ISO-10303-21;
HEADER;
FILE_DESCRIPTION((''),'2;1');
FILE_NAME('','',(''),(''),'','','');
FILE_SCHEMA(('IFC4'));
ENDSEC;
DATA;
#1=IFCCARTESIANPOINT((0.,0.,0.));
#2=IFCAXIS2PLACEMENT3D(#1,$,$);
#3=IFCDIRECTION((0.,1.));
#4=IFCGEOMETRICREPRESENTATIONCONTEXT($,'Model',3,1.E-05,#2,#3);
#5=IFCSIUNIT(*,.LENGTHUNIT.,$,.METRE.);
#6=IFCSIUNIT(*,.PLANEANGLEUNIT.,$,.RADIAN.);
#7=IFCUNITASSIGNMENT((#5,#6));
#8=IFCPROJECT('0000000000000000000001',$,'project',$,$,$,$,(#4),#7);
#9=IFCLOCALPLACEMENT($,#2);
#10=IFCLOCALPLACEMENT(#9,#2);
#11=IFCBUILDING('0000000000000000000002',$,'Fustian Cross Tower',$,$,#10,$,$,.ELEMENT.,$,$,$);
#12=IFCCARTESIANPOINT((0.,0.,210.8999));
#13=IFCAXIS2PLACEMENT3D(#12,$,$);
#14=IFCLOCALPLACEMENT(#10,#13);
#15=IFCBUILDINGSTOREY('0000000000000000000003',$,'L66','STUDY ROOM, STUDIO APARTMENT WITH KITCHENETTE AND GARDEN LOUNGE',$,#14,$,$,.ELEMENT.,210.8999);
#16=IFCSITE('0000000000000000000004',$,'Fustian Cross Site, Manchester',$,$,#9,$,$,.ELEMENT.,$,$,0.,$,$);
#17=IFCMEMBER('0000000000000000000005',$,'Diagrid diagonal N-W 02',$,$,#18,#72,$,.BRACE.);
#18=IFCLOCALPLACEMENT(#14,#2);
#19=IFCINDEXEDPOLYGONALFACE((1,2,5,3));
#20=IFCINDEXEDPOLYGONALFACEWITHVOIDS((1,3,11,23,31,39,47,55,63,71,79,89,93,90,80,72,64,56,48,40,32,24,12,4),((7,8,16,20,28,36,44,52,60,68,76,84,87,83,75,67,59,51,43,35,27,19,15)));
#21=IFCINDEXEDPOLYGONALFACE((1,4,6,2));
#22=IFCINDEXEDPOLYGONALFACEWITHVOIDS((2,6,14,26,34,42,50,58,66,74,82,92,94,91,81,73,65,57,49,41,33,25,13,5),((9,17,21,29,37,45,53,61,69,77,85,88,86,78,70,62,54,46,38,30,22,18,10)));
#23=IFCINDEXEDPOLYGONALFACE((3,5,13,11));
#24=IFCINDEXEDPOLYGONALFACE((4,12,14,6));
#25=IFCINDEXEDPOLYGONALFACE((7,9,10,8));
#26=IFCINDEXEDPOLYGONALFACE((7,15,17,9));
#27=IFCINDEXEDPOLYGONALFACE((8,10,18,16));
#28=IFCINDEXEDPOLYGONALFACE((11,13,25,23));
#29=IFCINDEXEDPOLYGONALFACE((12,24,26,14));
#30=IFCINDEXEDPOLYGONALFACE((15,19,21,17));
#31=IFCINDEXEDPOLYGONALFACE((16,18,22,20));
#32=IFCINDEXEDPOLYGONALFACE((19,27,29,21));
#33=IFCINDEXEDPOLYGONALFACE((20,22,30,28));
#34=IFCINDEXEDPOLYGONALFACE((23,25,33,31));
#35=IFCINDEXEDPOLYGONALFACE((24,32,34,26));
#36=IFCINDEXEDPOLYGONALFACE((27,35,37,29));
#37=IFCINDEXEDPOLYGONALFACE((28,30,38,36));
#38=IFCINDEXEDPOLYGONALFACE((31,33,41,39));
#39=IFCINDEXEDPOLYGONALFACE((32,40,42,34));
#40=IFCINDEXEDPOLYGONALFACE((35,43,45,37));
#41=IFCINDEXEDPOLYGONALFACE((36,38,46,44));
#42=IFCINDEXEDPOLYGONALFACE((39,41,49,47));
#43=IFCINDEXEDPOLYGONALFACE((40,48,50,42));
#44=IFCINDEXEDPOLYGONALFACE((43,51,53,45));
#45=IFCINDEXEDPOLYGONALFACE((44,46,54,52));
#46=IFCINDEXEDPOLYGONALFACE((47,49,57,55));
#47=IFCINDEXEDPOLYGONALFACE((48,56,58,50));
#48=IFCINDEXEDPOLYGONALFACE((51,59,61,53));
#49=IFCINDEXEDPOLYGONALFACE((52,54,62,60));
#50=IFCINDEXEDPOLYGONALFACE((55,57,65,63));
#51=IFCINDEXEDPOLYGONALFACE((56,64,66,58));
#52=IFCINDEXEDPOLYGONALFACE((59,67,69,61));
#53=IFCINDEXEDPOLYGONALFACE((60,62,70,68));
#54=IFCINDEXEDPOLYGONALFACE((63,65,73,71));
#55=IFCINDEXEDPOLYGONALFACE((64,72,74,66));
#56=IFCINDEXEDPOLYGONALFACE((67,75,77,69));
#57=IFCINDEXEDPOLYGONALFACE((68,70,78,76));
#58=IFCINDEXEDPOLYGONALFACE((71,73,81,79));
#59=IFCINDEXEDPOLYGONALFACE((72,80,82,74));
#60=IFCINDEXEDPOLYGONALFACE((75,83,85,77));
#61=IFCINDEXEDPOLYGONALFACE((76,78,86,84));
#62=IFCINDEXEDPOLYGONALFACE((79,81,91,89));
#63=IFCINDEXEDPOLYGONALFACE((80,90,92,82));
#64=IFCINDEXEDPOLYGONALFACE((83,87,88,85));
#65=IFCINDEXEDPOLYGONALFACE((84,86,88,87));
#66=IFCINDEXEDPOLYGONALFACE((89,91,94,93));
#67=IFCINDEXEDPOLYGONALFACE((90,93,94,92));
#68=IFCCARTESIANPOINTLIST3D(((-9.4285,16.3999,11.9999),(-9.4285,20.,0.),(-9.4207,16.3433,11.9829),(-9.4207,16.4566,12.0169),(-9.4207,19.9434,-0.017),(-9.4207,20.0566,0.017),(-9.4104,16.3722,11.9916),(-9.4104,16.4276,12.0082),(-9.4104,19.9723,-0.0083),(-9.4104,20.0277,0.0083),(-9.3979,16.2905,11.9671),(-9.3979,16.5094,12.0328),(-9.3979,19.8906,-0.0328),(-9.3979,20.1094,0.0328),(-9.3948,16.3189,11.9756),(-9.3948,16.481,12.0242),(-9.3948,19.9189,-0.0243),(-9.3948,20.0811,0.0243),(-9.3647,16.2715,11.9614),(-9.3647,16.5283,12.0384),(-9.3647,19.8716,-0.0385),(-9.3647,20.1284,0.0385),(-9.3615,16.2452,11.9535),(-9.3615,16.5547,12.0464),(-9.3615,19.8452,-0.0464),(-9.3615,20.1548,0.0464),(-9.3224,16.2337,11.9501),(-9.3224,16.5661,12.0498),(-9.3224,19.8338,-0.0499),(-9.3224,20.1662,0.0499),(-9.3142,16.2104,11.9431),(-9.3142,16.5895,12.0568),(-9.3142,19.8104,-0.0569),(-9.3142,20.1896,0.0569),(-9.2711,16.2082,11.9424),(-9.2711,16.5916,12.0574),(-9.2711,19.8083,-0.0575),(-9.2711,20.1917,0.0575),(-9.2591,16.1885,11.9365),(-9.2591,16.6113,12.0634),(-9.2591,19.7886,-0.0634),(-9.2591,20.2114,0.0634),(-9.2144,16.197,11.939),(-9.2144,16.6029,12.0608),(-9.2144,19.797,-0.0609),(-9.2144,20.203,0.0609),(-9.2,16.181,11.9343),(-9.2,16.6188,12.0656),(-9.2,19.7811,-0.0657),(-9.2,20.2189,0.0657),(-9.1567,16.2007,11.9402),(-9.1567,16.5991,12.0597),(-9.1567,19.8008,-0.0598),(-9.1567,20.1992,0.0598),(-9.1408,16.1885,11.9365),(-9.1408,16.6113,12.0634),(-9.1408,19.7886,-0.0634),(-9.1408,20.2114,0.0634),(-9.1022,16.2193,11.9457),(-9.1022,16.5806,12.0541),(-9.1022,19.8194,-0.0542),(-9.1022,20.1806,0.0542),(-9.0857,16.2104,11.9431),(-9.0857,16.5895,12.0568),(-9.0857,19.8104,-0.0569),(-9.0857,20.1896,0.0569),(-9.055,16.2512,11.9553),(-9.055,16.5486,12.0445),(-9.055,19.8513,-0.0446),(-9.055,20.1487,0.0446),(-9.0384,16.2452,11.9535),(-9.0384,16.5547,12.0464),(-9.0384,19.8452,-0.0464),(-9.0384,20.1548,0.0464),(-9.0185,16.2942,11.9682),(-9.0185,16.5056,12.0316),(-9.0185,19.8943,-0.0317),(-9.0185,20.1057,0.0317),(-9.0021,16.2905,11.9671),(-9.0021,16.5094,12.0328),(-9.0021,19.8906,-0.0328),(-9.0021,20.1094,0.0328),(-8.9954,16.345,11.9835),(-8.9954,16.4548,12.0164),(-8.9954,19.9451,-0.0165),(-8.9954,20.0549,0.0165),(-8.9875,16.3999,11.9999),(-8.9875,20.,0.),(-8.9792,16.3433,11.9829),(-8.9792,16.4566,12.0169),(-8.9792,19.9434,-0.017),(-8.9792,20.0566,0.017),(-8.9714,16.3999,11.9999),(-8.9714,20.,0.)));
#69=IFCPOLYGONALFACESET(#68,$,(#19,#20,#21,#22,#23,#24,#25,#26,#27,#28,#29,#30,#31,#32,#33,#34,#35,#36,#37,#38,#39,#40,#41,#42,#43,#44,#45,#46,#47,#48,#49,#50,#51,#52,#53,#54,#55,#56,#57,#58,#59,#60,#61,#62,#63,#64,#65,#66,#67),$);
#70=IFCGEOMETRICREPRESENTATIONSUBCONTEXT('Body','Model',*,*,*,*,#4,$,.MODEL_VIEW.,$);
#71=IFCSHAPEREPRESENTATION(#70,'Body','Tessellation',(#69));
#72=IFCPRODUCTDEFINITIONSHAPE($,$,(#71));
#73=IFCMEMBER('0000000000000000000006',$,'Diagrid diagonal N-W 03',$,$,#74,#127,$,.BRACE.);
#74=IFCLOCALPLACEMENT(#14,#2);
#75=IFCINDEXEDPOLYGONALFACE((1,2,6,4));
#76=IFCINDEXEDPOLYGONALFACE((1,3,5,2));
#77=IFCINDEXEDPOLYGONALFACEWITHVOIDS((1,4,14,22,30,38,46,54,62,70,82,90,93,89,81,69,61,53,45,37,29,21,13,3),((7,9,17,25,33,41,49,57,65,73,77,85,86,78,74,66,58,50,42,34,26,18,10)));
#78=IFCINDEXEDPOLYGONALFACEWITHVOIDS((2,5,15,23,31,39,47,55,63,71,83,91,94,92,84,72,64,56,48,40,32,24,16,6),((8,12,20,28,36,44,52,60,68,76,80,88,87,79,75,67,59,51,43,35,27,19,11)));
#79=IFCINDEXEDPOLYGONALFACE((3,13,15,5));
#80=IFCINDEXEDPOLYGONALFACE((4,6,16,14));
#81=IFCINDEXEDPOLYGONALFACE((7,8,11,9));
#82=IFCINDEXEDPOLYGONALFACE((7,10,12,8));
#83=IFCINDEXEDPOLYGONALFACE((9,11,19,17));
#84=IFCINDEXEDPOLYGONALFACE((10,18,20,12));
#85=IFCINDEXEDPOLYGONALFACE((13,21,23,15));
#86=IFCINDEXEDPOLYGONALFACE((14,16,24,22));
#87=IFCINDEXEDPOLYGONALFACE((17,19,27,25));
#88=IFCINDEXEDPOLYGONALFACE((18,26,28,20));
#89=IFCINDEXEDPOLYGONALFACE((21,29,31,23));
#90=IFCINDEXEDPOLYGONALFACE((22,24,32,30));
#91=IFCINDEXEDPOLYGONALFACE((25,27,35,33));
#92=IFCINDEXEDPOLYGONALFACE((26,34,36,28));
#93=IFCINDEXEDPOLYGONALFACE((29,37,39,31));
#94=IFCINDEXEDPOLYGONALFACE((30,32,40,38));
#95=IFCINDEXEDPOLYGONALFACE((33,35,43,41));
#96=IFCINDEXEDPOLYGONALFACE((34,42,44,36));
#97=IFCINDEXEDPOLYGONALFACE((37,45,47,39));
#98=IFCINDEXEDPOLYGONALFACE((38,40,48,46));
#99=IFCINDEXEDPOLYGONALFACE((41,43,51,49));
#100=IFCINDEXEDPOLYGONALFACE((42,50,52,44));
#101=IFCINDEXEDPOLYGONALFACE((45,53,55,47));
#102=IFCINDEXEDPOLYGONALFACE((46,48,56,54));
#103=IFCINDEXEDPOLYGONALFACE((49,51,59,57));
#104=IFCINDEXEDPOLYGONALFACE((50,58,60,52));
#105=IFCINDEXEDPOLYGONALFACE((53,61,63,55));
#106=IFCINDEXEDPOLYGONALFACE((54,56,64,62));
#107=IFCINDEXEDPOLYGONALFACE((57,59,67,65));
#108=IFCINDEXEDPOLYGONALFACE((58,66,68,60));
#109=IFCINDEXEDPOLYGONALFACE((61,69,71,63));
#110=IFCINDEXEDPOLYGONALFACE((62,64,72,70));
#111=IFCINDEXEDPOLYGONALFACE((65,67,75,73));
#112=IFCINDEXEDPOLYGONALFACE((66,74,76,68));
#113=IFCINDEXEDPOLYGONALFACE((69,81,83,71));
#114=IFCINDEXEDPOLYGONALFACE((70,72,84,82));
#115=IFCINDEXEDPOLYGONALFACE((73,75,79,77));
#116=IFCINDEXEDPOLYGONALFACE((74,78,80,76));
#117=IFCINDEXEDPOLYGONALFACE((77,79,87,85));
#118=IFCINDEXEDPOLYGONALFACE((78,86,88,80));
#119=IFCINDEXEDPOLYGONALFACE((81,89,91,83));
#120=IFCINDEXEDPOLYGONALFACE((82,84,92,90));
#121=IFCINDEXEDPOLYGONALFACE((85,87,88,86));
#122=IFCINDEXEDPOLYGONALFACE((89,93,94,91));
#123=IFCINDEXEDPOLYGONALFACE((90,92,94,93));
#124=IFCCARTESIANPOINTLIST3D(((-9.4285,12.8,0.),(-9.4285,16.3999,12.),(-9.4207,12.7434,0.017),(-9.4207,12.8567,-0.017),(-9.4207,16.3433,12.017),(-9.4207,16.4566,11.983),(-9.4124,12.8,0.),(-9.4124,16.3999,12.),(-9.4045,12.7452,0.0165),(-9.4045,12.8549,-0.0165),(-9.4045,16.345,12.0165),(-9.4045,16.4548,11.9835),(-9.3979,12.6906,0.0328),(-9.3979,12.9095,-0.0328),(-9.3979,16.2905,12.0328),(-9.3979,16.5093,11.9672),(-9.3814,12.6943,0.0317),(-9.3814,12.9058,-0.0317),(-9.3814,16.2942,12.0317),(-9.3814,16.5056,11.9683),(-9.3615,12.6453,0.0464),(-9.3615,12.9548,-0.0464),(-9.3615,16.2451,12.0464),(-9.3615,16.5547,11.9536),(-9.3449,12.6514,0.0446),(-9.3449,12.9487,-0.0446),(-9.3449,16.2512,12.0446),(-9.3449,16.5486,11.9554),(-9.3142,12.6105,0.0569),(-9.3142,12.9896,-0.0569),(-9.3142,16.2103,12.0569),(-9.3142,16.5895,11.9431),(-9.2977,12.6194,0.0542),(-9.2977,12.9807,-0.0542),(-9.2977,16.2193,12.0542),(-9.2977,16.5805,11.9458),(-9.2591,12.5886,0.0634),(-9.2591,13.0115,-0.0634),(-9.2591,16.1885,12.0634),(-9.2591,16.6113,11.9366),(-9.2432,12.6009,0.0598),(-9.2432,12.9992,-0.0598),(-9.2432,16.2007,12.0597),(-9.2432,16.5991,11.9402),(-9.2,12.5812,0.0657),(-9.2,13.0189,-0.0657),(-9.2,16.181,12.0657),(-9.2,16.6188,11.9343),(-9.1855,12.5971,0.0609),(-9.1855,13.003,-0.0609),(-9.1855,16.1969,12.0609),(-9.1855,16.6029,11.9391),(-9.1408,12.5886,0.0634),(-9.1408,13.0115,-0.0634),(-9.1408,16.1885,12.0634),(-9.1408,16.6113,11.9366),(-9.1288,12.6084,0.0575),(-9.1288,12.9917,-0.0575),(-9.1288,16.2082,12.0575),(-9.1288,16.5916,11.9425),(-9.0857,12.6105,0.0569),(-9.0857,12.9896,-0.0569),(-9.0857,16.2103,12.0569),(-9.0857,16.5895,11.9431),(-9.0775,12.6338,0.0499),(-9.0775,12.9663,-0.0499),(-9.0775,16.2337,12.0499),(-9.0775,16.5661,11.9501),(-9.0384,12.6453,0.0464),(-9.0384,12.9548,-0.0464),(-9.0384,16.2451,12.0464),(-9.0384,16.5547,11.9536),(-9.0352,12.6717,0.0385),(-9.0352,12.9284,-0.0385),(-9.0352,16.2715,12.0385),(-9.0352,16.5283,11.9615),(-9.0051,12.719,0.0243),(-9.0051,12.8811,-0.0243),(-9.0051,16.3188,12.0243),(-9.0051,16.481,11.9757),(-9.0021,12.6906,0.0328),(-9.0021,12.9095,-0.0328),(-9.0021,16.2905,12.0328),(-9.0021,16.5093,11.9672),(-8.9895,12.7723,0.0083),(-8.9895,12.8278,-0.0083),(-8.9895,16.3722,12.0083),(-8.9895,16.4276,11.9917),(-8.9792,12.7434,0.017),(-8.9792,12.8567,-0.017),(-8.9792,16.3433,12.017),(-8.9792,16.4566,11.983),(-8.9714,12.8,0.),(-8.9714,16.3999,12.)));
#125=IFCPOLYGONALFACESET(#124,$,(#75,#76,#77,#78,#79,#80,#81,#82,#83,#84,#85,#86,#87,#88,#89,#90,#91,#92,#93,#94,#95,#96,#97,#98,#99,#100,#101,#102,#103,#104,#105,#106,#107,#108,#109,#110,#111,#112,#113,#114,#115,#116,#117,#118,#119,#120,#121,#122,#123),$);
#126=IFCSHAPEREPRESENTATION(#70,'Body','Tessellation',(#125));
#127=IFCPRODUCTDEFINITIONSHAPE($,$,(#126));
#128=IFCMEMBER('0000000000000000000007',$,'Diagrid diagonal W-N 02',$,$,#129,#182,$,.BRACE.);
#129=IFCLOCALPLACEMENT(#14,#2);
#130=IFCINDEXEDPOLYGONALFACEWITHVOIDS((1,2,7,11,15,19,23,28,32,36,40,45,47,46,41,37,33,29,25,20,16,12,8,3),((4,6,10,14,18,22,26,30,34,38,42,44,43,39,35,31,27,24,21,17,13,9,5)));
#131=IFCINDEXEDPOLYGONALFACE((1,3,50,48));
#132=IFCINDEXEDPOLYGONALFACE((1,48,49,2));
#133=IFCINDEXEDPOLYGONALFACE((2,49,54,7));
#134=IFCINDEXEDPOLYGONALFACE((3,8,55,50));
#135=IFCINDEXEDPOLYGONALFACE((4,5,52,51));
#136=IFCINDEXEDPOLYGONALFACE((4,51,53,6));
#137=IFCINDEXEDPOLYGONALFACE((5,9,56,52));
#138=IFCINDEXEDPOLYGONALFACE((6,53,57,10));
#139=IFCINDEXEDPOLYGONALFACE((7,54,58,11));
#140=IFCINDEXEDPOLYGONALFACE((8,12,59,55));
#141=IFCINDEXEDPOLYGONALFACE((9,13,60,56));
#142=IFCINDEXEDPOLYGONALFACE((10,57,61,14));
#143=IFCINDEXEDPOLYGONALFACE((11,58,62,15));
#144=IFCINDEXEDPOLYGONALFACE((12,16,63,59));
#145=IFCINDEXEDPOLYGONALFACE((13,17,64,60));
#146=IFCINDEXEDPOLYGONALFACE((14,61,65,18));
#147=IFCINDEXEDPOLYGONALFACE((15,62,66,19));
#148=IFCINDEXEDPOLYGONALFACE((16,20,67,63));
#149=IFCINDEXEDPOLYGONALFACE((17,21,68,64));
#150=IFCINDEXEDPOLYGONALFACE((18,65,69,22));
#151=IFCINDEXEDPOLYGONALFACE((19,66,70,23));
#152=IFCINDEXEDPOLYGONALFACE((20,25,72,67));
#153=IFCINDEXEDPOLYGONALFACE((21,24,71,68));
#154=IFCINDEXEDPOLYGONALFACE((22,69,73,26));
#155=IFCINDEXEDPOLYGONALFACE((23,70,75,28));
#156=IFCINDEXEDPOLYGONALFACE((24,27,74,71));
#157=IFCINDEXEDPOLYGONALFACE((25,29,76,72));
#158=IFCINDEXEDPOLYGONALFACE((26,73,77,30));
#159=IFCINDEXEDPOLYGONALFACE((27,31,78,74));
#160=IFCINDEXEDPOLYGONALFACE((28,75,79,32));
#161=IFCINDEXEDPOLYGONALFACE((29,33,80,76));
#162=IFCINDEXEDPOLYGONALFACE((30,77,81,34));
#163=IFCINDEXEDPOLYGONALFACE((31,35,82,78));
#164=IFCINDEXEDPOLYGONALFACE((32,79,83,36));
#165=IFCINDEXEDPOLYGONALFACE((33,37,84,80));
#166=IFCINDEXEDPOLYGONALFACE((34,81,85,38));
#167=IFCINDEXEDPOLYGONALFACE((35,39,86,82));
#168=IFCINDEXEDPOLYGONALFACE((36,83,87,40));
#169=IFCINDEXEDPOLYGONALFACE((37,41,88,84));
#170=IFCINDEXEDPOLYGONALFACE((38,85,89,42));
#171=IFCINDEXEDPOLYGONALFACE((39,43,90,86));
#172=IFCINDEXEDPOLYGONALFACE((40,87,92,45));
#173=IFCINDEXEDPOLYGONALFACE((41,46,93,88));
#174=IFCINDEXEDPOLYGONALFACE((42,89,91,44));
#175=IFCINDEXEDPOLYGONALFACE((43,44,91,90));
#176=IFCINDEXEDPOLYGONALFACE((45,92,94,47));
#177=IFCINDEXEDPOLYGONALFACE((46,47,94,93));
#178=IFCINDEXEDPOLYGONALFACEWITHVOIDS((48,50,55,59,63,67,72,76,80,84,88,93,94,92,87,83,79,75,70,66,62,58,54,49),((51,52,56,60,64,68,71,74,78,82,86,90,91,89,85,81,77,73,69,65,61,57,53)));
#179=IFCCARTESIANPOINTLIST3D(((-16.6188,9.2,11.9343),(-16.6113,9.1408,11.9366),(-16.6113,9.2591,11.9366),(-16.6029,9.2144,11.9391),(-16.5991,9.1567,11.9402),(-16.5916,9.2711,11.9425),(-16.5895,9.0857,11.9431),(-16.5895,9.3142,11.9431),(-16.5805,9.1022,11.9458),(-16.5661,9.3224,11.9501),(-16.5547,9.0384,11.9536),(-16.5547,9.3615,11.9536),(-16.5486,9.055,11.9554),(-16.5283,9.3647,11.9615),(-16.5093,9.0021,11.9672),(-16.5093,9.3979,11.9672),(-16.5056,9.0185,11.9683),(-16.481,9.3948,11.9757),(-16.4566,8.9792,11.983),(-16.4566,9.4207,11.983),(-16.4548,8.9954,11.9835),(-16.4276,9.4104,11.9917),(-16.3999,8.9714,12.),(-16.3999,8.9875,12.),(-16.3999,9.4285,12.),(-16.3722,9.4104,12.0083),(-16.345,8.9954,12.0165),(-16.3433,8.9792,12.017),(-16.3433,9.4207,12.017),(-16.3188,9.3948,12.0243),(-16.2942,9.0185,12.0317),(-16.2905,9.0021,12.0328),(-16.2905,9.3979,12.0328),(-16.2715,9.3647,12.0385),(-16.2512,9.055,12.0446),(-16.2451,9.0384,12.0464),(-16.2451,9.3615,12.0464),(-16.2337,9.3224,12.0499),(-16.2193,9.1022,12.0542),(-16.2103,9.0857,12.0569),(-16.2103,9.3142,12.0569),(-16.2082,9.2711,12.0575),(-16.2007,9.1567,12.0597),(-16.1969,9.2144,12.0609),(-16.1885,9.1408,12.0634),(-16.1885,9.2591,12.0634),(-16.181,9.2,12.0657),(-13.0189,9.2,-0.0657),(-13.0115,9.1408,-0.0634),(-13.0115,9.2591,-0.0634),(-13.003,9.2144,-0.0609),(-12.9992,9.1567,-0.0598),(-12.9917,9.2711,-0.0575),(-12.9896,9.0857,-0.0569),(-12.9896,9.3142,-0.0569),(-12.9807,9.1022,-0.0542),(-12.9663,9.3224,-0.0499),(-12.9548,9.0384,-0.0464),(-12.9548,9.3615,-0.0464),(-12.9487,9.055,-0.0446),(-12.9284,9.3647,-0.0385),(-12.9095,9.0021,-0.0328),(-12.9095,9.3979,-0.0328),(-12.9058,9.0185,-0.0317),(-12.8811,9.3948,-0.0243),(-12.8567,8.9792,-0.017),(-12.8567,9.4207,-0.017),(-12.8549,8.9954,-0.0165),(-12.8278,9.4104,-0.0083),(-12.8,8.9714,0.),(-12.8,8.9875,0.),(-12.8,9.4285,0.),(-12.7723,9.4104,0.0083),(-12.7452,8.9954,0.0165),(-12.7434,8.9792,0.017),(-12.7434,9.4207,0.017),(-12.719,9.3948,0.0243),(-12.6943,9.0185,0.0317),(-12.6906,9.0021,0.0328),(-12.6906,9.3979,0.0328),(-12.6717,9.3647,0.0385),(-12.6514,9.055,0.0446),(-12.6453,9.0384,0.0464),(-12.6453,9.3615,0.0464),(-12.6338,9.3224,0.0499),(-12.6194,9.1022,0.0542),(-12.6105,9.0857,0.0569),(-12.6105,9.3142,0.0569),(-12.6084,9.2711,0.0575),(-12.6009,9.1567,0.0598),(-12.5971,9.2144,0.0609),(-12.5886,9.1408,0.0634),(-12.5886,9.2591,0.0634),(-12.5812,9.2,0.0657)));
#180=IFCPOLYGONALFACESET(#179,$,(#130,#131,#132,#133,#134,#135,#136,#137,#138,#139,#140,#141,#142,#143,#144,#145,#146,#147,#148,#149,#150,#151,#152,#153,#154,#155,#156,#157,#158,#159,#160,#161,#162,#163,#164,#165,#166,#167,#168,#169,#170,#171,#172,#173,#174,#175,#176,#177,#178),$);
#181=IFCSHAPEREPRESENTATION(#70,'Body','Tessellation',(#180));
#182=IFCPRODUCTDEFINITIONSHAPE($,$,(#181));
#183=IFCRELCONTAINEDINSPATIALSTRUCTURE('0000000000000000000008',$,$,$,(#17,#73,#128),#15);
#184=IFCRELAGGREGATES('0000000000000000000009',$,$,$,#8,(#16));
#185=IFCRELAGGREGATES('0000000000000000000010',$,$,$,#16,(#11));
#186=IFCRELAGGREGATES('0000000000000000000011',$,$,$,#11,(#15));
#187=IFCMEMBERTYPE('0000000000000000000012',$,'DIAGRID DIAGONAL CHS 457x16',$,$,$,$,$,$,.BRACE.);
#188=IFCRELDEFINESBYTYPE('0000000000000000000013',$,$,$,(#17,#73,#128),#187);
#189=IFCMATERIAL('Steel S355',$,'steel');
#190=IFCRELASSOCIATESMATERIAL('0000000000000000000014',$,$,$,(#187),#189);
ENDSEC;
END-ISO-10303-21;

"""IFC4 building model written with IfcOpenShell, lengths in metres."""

from ifc_helpers import new_model, si_unit, direction, frame, origin, origin_2d, place, context, subcontext, project, spatial, hollow_circle, extrude, material, material_profile, profile_set, type_object, element, save


model = new_model("IFC4")

# Units and contexts
model_context = context("Model", 3, precision=1e-05, world=origin(), true_north=direction((0.0, 1.0)))
body_context = subcontext(model_context, "Body", "Model", "MODEL_VIEW")
ifc_project = project(units=[si_unit("LENGTHUNIT", "METRE"), si_unit("PLANEANGLEUNIT", "RADIAN")], contexts=[model_context])

# Site, building, storey
site_placement = place(None, origin())
site = spatial("IfcSite", under=ifc_project, at=site_placement, Name="Fustian Cross Site, Manchester", CompositionType="ELEMENT", RefElevation=0.0)
building_placement = place(site_placement, origin())
building = spatial("IfcBuilding", under=site, at=building_placement, Name="Fustian Cross Tower", CompositionType="ELEMENT")
storey_placement = place(building_placement, frame((0.0, 0.0, 210.8999)))
storey = spatial("IfcBuildingStorey", under=building, at=storey_placement, Name="L66", Description="STUDY ROOM, STUDIO APARTMENT WITH KITCHENETTE AND GARDEN LOUNGE", CompositionType="ELEMENT", Elevation=210.8999)

# Members
ifc_material_1 = material(Name="Steel S355", Category="steel")
ifc_material_profile_1 = material_profile(ifc_material_1, hollow_circle(Radius=0.2285, WallThickness=0.0161, at=origin_2d()), Name="CHS 457x16")
ifc_profile_set_1 = profile_set([ifc_material_profile_1], Name="Steel S355")
member_type_1 = type_object("IfcMemberType", Name="DIAGRID DIAGONAL CHS 457x16", PredefinedType="BRACE", material=ifc_profile_set_1)
for number, where, z_axis, x_axis, name in (
    (1, (-9.2, 20.0, 0.0), (0.0, -0.287355, 0.957824), (1.0, 0.0, 0.0), "Diagrid diagonal N-W 02"),
    (2, (-9.2, 12.8, 0.0), (0.0, 0.287337, 0.95783), (-1.0, 0.0, 0.0), "Diagrid diagonal N-W 03"),
    (3, (-12.8, 9.2, 0.0), (-0.287337, 0.0, 0.95783), (0.0, -1.0, 0.0), "Diagrid diagonal W-N 02"),
):
    element("IfcMember", number, at=place(storey_placement, frame(where, z_axis=z_axis, x_axis=x_axis)), inside=storey, type_object=member_type_1, Name=name, PredefinedType="BRACE", context=body_context, shape_type="SweptSolid", body=[
        extrude(hollow_circle(Radius=0.2285, WallThickness=0.0161, at=origin_2d()), origin(), (0.0, 0.0, 1.0), 12.5283),
    ])

save(model, "model.ifc")
